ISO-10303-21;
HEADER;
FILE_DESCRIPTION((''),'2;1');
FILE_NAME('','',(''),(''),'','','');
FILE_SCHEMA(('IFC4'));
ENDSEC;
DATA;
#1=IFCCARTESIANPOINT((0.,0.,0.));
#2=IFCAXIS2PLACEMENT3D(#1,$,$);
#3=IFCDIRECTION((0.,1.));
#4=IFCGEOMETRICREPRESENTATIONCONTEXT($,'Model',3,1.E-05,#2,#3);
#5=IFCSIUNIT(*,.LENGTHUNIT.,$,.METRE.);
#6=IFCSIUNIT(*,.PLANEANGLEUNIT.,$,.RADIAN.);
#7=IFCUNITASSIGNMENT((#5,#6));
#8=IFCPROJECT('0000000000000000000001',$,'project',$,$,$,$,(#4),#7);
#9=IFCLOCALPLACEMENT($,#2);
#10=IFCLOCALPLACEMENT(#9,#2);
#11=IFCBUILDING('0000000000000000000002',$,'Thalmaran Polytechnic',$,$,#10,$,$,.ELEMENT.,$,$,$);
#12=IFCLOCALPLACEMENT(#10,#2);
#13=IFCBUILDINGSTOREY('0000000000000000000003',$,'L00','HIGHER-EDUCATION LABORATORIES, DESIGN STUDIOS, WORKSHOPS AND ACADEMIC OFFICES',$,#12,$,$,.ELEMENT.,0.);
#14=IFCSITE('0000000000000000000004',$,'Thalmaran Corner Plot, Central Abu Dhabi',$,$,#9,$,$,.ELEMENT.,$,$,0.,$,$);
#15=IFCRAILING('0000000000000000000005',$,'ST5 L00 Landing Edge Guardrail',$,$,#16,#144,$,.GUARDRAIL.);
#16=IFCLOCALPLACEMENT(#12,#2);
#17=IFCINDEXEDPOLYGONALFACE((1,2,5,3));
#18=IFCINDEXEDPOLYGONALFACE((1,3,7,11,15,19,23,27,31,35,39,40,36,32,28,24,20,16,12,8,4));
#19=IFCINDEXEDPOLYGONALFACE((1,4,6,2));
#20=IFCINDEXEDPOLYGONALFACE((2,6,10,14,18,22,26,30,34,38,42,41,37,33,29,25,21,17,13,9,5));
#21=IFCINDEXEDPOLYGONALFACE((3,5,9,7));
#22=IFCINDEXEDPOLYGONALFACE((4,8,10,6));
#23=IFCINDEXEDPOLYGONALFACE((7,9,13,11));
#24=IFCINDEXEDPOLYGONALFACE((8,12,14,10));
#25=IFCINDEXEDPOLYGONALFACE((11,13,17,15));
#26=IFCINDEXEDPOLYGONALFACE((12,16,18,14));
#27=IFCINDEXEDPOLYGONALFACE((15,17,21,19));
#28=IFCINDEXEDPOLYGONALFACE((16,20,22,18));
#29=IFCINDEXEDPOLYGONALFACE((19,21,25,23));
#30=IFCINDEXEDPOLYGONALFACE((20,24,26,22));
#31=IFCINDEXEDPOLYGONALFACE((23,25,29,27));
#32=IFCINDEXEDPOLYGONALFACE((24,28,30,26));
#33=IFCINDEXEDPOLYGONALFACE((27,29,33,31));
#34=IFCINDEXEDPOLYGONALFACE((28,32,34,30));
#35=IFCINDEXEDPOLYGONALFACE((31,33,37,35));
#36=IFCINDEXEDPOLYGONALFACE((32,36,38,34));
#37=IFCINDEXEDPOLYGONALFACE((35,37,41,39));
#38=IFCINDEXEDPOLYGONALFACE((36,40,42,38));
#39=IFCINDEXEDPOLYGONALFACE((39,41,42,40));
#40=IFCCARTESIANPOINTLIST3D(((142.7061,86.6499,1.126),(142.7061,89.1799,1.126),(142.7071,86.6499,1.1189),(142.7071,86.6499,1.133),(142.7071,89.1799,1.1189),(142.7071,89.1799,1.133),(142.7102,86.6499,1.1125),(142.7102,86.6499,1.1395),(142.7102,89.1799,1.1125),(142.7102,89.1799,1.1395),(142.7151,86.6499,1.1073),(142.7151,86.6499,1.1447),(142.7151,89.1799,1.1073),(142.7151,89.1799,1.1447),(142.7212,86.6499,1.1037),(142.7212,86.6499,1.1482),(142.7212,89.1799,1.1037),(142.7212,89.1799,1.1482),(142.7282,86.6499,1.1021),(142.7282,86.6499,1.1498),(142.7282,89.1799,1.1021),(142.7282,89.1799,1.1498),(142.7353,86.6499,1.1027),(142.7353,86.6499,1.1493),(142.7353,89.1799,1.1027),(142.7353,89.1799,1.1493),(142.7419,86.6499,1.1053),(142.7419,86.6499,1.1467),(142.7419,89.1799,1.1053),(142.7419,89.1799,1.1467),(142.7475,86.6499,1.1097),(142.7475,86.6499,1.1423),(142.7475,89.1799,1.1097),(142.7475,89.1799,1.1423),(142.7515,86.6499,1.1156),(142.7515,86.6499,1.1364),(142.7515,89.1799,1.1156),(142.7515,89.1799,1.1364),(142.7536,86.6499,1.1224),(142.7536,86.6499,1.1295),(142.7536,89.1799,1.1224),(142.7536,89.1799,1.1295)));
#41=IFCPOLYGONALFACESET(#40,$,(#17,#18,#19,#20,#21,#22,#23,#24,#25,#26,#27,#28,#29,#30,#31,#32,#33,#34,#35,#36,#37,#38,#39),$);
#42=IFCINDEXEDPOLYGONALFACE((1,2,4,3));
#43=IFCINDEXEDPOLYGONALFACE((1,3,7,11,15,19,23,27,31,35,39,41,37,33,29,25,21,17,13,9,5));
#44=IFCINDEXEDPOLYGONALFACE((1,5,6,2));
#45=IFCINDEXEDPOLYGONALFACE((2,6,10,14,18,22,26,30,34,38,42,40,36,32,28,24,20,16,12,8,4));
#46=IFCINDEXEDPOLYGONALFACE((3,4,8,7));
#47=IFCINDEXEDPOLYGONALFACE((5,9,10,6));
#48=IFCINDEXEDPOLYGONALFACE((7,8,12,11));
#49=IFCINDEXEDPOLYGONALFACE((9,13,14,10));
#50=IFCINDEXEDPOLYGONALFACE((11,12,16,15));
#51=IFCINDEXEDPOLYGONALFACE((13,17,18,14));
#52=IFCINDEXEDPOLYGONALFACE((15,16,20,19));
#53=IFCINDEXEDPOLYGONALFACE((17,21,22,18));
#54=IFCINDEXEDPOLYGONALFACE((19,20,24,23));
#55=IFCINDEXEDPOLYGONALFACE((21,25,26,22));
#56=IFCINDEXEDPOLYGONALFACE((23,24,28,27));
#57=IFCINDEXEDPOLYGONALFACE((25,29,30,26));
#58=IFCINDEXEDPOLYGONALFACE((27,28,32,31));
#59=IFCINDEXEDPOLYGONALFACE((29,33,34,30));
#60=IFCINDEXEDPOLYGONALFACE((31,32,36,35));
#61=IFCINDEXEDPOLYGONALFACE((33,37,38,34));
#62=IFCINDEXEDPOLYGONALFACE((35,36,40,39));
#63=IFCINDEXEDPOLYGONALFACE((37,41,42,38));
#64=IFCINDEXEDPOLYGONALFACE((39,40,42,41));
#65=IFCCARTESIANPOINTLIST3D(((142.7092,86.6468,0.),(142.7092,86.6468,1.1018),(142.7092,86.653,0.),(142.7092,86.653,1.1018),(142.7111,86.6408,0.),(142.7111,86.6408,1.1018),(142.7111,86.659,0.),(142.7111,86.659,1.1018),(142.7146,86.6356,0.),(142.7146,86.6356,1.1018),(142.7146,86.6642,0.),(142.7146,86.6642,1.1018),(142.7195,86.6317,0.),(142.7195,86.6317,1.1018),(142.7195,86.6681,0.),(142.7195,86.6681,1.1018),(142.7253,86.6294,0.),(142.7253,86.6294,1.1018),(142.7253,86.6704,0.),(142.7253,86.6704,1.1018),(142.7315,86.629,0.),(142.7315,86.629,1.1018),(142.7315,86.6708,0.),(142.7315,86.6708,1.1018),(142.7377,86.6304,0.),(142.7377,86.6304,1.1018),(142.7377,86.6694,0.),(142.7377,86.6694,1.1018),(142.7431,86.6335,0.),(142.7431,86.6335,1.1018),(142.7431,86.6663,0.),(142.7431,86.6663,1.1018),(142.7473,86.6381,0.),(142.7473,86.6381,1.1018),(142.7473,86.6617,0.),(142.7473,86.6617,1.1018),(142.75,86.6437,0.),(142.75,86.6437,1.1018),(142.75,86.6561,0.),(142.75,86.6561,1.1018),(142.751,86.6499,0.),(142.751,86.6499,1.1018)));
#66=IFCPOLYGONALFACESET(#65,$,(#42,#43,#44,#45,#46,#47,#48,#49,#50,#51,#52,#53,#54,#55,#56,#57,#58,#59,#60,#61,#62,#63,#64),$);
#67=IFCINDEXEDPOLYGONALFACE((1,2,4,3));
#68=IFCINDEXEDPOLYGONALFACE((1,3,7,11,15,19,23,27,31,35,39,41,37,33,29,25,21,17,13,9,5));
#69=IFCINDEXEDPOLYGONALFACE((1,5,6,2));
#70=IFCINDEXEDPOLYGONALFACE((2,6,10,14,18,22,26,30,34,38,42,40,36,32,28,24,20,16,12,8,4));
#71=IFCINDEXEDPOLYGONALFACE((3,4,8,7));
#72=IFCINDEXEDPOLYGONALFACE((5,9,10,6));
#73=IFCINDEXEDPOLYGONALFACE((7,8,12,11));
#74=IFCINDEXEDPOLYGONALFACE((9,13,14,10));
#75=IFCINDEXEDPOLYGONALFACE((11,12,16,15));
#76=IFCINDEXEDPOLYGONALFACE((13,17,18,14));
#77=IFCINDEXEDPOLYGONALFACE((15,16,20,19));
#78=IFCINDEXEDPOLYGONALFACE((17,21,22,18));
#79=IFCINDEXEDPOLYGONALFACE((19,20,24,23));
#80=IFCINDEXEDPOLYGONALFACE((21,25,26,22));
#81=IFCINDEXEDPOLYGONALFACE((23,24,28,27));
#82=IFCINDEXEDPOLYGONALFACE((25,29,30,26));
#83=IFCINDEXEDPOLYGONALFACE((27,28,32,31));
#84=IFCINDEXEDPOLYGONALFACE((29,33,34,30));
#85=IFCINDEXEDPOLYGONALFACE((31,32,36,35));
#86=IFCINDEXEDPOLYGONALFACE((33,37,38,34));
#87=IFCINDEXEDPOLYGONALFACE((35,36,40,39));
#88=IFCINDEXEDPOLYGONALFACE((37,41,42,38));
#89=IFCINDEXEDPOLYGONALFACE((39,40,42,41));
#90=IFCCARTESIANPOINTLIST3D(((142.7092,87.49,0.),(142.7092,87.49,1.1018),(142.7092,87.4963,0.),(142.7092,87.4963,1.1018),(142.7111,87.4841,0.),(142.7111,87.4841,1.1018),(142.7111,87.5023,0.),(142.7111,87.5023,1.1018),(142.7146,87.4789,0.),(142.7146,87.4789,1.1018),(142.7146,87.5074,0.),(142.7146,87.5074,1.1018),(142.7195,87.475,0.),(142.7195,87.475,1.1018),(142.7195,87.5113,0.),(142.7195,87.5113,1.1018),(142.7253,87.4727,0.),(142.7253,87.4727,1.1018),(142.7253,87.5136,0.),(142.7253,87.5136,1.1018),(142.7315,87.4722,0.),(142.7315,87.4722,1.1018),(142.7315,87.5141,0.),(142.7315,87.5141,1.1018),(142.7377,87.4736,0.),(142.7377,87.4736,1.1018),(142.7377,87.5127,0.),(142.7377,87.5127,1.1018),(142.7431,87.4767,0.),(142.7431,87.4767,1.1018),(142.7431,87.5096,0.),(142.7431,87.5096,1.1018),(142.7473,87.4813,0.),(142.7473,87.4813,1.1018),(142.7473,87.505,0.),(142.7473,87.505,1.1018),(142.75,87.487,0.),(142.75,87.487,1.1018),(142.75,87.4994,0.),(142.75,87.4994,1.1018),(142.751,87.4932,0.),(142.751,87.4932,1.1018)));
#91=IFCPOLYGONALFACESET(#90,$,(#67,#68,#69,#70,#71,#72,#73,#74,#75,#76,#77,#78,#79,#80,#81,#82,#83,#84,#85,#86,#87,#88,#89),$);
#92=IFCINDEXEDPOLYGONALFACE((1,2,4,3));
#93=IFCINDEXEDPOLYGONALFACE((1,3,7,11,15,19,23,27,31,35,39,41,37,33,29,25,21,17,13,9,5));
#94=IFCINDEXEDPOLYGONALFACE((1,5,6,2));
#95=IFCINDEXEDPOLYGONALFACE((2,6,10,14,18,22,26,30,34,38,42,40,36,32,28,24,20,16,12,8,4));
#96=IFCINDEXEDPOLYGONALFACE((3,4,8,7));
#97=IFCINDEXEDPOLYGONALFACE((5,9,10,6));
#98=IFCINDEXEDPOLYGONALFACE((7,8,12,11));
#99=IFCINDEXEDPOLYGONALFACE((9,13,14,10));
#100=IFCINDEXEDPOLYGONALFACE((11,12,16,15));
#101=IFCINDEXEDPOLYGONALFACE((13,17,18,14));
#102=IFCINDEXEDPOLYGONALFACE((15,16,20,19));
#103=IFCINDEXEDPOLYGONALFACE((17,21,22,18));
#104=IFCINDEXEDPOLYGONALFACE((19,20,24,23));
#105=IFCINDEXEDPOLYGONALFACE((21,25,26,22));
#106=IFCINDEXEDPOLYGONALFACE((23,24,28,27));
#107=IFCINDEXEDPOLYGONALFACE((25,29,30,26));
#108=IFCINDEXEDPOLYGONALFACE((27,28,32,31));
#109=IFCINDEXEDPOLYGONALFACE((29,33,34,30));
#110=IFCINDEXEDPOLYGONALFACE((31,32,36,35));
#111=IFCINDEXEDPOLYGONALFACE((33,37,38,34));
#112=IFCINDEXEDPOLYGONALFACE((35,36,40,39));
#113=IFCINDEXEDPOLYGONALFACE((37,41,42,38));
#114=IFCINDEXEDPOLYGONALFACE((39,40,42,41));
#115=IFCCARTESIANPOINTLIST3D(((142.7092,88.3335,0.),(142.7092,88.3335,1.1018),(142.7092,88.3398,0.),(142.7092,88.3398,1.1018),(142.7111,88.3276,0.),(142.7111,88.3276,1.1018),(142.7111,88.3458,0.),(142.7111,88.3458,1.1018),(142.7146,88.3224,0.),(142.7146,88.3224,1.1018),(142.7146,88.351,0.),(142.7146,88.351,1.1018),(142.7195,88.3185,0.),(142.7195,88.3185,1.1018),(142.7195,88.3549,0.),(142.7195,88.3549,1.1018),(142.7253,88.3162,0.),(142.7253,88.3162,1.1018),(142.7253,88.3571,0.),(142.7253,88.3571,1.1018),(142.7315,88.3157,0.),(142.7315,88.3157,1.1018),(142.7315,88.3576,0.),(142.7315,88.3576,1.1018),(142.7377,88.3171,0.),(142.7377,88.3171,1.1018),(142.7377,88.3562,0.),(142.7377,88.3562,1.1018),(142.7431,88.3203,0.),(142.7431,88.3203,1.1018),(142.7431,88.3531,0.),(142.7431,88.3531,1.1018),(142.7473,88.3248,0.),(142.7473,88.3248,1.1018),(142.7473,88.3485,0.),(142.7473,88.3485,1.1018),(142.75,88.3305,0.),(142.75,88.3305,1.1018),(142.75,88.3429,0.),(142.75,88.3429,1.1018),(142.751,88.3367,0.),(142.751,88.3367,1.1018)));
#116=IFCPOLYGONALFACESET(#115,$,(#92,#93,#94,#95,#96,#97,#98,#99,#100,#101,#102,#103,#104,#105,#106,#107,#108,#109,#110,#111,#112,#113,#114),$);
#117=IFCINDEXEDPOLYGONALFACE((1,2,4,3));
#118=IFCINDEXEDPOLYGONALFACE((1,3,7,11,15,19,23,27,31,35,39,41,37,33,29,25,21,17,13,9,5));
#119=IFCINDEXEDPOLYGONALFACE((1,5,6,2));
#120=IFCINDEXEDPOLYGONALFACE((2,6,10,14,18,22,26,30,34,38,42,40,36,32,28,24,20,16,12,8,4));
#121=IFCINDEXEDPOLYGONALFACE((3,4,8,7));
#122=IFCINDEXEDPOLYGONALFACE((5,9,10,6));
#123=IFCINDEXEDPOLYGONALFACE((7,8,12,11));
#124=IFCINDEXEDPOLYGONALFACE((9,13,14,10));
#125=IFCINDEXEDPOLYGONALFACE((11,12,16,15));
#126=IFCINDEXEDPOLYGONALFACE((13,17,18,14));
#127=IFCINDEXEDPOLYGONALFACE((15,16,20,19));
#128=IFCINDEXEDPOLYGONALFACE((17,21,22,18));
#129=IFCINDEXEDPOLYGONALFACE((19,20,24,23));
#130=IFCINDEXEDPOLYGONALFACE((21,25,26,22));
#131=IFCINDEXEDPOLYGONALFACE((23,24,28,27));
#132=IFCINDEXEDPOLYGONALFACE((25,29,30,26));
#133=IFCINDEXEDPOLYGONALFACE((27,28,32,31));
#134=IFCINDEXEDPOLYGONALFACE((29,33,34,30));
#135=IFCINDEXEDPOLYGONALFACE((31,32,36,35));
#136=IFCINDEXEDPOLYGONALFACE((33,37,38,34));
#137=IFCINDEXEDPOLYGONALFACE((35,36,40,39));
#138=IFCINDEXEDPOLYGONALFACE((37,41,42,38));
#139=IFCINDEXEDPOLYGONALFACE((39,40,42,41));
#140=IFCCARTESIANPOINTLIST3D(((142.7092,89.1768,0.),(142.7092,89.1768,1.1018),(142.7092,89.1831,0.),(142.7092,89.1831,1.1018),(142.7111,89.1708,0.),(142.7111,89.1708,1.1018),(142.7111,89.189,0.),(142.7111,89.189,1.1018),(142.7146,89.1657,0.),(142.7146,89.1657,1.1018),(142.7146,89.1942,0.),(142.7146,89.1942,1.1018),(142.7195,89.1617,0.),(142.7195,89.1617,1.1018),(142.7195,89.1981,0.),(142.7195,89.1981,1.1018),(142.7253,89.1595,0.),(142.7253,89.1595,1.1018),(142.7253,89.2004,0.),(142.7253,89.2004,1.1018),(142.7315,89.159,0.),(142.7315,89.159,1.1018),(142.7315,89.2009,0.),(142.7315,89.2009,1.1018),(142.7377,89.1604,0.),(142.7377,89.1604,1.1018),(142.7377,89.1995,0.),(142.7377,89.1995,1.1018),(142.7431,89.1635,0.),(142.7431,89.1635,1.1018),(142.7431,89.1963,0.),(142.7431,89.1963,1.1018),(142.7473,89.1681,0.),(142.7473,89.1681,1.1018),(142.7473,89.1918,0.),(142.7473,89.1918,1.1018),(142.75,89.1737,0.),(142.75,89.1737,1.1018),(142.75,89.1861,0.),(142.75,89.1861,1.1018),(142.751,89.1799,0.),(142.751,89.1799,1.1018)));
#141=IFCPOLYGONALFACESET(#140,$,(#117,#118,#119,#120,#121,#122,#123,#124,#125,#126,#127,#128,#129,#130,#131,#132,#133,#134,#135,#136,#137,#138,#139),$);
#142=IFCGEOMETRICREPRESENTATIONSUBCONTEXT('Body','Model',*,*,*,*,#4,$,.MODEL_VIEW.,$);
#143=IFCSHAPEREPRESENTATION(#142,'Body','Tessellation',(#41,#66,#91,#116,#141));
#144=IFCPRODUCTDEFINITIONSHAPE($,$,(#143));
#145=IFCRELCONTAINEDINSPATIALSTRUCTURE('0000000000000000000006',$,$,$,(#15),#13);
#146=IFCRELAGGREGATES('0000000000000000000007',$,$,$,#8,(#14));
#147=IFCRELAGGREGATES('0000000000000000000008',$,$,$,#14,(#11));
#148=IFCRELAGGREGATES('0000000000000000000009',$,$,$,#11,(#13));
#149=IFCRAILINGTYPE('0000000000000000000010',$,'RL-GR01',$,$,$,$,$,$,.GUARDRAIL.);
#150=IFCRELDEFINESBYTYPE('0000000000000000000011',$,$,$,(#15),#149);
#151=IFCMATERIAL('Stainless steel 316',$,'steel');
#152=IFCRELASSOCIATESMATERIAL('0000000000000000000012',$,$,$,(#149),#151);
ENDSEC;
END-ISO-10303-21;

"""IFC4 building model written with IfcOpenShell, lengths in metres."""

from ifc_helpers import new_model, si_unit, direction, frame, origin, origin_2d, place, context, subcontext, project, spatial, circle, extrude, material, type_object, element, save


model = new_model("IFC4")

# Units and contexts
model_context = context("Model", 3, precision=1e-05, world=origin(), true_north=direction((0.0, 1.0)))
body_context = subcontext(model_context, "Body", "Model", "MODEL_VIEW")
ifc_project = project(units=[si_unit("LENGTHUNIT", "METRE"), si_unit("PLANEANGLEUNIT", "RADIAN")], contexts=[model_context])

# Site, building, storey
site_placement = place(None, origin())
site = spatial("IfcSite", under=ifc_project, at=site_placement, Name="Thalmaran Corner Plot, Central Abu Dhabi", CompositionType="ELEMENT", RefElevation=0.0)
building_placement = place(site_placement, origin())
building = spatial("IfcBuilding", under=site, at=building_placement, Name="Thalmaran Polytechnic", CompositionType="ELEMENT")
storey_placement = place(building_placement, origin())
storey = spatial("IfcBuildingStorey", under=building, at=storey_placement, Name="L00", Description="HIGHER-EDUCATION LABORATORIES, DESIGN STUDIOS, WORKSHOPS AND ACADEMIC OFFICES", CompositionType="ELEMENT", Elevation=0.0)

# Railing
ifc_material_1 = material(Name="Stainless steel 316", Category="steel")
railing_type = type_object("IfcRailingType", Name="RL-GR01", PredefinedType="GUARDRAIL", material=ifc_material_1)
railing_1_placement = place(storey_placement, frame((142.73, 86.6499, 0.0)))
element("IfcRailing", 1, at=railing_1_placement, inside=storey, type_object=railing_type, Name="ST5 L00 Landing Edge Guardrail", PredefinedType="GUARDRAIL", context=body_context, shape_type="SweptSolid", body=[
    extrude(circle(Radius=0.0239, at=origin_2d()), frame((0.0, 0.0, 1.126), z_axis=(0.0, 1.0, 0.0), x_axis=(-1.0, 0.0, 0.0)), (0.0, 0.0, 1.0), 2.53),
    extrude(circle(Radius=0.021, at=origin_2d()), origin(), (0.0, 0.0, 1.0), 1.1018),
    extrude(circle(Radius=0.021, at=origin_2d()), frame((0.0, 0.8433, 0.0)), (0.0, 0.0, 1.0), 1.1018),
    extrude(circle(Radius=0.021, at=origin_2d()), frame((0.0, 1.6868, 0.0)), (0.0, 0.0, 1.0), 1.1018),
    extrude(circle(Radius=0.021, at=origin_2d()), frame((0.0, 2.53, 0.0)), (0.0, 0.0, 1.0), 1.1018),
])

save(model, "model.ifc")
